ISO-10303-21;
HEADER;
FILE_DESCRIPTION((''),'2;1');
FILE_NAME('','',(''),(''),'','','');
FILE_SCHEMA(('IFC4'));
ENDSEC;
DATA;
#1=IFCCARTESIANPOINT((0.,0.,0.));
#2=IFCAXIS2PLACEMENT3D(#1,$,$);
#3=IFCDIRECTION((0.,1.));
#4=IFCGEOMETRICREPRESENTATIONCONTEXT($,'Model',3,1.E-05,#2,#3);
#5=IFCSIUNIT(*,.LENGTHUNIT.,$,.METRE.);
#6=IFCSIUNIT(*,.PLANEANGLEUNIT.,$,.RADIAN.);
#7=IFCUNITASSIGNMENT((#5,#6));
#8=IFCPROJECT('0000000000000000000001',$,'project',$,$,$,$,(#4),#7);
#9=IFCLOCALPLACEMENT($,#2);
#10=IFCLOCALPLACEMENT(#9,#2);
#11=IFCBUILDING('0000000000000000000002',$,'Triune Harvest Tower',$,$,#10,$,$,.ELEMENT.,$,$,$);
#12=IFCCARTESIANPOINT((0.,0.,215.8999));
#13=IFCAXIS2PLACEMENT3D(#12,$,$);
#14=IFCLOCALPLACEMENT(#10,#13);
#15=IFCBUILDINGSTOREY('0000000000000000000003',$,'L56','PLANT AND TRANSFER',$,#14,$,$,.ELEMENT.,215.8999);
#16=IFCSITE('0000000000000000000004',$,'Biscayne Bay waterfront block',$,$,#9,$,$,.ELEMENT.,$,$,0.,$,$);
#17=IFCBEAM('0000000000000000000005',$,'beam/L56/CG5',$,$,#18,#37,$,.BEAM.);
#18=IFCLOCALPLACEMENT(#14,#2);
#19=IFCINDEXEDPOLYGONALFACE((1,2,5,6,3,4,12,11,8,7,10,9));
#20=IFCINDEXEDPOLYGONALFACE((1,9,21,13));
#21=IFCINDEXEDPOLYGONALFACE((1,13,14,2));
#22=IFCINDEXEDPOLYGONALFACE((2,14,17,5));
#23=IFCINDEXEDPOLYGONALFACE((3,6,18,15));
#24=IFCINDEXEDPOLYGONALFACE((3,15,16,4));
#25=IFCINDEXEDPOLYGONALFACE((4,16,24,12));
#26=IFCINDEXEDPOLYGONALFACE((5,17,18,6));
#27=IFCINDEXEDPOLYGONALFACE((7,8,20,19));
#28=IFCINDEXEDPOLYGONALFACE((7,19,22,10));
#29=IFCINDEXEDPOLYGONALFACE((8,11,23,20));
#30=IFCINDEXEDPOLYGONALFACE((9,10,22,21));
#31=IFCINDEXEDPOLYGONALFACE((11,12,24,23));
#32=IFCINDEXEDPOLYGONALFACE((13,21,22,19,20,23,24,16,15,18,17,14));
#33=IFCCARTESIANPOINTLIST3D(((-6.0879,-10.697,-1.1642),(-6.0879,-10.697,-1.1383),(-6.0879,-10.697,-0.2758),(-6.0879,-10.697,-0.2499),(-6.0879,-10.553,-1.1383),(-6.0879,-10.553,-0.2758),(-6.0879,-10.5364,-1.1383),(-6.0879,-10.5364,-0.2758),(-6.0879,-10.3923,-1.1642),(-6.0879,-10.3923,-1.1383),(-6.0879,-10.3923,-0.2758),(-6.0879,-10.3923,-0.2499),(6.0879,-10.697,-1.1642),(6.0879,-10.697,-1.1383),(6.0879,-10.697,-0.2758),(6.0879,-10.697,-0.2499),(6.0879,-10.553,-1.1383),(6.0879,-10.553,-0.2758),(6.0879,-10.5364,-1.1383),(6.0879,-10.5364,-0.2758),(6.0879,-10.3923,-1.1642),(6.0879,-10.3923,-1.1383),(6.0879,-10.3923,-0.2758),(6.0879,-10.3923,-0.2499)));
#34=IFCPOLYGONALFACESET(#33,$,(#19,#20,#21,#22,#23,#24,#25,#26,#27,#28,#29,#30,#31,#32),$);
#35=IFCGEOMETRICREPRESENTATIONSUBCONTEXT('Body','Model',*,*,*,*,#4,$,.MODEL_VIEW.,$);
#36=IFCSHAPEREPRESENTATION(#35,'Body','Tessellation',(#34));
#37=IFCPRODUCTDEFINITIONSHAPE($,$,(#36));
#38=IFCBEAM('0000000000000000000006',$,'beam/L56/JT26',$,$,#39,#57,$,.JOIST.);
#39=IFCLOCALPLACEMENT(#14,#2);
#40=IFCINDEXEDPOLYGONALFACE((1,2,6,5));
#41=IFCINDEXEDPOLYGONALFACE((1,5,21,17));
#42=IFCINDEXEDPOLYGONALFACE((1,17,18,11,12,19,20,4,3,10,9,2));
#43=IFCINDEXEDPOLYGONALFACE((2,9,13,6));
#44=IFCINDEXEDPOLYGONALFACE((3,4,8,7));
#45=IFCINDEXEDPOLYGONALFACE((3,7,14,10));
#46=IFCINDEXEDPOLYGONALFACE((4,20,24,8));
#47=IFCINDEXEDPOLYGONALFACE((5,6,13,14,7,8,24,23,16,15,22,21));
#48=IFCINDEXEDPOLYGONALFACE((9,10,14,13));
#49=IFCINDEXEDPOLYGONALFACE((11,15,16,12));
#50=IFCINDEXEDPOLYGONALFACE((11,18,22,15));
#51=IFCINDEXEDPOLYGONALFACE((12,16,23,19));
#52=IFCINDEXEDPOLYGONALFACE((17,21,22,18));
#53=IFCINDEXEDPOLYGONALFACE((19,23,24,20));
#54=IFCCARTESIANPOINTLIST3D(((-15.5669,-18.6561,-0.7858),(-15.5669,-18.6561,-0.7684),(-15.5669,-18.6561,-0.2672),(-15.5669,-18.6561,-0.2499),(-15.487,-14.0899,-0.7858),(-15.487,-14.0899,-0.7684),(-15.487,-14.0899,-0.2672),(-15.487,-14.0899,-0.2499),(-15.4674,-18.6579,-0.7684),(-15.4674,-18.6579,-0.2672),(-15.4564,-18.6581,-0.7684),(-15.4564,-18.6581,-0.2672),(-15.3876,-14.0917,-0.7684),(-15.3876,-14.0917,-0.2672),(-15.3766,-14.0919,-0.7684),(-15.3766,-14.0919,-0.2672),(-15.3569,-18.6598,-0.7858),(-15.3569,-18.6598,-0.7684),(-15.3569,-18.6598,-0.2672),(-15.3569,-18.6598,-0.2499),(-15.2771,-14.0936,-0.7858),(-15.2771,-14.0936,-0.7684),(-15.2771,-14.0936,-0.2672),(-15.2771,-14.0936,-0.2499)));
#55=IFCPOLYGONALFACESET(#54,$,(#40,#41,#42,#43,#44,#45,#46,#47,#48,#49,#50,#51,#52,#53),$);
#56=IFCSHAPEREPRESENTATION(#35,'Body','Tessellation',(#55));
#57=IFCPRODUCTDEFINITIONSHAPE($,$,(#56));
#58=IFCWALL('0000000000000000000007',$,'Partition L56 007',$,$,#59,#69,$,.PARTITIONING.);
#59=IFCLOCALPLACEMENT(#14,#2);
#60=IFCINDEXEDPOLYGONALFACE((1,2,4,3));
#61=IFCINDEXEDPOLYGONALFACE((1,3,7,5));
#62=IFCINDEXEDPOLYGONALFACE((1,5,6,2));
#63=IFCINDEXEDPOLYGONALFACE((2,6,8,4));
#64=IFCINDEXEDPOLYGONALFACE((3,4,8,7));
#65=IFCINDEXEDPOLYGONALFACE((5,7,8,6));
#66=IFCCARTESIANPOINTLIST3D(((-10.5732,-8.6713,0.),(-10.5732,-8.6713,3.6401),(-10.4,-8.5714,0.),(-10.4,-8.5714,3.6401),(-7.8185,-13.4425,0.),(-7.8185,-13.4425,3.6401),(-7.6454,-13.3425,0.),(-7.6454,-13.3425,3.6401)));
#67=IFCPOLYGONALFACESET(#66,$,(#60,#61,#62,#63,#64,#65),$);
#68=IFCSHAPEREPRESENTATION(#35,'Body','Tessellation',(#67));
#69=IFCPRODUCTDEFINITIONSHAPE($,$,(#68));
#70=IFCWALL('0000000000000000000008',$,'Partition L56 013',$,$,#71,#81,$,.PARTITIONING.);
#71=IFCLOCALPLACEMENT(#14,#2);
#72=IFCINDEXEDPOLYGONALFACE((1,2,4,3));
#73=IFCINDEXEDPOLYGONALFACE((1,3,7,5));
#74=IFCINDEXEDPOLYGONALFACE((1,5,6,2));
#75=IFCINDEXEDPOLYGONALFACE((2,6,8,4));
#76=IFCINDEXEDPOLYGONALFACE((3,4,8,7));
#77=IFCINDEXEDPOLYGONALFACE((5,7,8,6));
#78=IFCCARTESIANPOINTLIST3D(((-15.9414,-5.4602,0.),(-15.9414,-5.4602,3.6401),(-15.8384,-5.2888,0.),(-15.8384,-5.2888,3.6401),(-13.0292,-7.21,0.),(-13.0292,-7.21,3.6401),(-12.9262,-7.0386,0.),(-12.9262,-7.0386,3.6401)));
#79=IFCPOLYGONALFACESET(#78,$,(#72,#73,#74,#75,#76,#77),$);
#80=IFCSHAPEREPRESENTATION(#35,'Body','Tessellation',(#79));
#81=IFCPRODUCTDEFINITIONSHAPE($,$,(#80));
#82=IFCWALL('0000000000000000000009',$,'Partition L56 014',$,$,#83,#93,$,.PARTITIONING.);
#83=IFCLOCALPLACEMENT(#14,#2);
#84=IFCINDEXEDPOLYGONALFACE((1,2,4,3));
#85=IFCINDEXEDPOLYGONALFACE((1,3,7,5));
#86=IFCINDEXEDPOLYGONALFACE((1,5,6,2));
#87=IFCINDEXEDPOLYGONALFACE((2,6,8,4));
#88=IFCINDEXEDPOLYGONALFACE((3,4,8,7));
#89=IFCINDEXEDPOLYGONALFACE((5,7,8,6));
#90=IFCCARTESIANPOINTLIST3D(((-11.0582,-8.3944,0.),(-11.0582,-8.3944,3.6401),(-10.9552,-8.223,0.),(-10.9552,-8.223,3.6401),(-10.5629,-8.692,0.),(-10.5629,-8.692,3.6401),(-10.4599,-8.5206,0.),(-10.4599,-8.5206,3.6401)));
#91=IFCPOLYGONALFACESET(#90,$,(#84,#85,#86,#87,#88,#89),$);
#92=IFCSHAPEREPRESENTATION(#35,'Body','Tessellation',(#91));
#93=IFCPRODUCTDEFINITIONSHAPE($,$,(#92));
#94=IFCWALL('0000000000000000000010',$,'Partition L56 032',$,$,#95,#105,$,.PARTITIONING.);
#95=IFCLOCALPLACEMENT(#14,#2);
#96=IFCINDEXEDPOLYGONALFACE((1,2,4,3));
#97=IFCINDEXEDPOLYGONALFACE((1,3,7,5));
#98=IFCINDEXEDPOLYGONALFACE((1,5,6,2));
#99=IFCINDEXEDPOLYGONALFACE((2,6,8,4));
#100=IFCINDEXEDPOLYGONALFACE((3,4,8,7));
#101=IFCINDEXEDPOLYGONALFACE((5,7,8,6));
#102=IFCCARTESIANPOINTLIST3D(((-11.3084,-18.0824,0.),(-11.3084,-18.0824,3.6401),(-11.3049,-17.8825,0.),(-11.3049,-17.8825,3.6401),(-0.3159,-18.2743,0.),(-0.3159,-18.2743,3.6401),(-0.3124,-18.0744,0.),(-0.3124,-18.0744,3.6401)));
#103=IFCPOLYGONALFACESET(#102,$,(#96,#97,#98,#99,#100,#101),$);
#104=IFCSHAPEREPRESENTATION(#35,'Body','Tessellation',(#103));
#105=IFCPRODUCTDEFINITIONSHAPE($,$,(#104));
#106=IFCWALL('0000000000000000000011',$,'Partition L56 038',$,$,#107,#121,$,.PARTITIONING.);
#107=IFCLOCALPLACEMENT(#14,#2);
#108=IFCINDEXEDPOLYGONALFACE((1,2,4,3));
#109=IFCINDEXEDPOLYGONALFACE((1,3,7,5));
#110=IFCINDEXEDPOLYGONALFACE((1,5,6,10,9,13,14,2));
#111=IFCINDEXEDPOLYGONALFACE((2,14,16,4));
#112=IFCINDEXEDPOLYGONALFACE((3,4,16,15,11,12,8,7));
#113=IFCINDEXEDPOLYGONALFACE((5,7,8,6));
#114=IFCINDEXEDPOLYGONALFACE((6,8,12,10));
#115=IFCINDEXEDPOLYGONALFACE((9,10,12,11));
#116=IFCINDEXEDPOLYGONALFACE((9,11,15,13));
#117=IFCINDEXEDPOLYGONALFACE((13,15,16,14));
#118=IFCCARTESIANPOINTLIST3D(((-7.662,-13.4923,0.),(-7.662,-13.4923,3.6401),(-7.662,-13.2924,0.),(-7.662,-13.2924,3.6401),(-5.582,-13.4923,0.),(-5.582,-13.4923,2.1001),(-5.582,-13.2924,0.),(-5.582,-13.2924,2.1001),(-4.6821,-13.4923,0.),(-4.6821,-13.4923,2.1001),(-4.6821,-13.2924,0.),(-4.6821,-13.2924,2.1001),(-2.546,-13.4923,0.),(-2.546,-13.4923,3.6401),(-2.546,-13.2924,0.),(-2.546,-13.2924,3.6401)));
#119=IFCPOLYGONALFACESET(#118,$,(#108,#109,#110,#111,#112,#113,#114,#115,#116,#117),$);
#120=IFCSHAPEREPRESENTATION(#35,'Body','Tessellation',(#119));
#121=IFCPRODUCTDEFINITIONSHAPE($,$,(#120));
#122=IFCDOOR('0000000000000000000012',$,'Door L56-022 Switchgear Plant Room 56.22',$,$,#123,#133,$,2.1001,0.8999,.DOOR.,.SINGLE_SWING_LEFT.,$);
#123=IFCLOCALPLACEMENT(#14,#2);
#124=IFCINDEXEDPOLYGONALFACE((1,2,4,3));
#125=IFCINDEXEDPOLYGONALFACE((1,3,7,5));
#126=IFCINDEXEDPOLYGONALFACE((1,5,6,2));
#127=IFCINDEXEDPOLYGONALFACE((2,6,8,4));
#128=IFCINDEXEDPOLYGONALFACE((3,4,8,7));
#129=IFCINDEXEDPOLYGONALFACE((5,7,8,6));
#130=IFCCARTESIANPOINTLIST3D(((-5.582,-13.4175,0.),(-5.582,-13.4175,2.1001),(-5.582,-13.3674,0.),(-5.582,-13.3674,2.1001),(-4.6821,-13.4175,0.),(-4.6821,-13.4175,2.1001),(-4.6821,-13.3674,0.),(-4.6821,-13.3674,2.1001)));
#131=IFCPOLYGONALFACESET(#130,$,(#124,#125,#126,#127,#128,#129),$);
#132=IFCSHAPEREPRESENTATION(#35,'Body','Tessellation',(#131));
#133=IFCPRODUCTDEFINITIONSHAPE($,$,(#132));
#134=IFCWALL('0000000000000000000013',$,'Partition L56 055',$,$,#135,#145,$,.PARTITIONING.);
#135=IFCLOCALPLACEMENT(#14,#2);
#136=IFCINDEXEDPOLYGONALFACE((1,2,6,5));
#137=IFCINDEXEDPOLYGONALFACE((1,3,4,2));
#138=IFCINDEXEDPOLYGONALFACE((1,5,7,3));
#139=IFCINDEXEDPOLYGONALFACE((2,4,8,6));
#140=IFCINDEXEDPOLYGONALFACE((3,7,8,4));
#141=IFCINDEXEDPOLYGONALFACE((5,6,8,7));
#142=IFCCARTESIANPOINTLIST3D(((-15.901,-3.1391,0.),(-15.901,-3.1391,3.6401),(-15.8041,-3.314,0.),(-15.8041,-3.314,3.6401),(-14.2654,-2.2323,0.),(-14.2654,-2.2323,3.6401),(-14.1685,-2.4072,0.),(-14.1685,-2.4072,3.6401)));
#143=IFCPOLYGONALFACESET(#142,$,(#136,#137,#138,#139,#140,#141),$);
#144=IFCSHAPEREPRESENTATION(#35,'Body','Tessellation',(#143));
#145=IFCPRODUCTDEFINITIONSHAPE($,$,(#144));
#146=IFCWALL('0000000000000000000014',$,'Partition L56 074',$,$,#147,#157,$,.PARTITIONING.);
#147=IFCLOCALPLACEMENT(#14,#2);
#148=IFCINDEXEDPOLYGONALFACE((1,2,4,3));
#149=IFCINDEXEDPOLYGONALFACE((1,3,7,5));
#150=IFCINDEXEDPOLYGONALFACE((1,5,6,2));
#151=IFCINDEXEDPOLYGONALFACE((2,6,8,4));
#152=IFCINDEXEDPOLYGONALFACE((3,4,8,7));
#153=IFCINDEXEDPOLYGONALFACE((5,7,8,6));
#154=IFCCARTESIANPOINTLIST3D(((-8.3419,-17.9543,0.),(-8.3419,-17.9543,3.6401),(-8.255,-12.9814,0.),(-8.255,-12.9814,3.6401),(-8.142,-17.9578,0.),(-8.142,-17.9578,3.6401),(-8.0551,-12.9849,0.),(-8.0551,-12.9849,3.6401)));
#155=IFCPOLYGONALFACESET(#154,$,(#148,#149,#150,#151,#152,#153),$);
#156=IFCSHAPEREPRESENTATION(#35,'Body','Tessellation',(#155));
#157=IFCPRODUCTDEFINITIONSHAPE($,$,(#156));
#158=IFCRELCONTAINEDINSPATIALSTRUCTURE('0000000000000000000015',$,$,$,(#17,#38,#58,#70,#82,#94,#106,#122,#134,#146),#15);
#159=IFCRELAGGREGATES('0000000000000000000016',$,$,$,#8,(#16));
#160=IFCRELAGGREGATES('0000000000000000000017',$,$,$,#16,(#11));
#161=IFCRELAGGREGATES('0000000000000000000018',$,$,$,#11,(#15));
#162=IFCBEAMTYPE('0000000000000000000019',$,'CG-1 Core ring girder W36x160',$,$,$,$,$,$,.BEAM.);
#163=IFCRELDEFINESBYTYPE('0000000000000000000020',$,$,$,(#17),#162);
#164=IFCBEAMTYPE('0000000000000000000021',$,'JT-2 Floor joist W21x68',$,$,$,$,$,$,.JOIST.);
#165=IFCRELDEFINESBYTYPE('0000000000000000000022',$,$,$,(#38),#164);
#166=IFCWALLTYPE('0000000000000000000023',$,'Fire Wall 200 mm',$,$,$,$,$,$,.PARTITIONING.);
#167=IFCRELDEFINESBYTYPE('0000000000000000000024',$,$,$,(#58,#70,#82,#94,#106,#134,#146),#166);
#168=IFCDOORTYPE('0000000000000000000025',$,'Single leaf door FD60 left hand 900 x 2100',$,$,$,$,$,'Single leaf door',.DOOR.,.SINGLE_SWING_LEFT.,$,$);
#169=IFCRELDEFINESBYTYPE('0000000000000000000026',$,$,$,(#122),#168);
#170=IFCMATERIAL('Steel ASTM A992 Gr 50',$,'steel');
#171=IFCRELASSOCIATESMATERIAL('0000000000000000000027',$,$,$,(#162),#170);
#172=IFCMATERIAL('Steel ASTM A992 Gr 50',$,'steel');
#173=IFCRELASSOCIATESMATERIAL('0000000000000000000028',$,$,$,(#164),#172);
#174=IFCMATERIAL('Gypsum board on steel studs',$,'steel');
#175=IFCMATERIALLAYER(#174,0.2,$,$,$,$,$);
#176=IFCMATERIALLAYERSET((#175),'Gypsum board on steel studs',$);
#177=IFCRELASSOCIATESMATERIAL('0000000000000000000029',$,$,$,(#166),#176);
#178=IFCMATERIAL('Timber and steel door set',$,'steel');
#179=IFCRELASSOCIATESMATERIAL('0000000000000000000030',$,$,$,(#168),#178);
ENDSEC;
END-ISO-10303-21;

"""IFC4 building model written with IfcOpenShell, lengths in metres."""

from ifc_helpers import new_model, si_unit, direction, frame, frame_2d, origin, origin_2d, place, context, subcontext, project, spatial, rectangle, i_section, extrude, source, transform, mapped, material, layer, layer_set, material_profile, profile_set, type_object, element, fill, save


model = new_model("IFC4")

# Units and contexts
model_context = context("Model", 3, precision=1e-05, world=origin(), true_north=direction((0.0, 1.0)))
body_context = subcontext(model_context, "Body", "Model", "MODEL_VIEW")
ifc_project = project(units=[si_unit("LENGTHUNIT", "METRE"), si_unit("PLANEANGLEUNIT", "RADIAN")], contexts=[model_context])

# Site, building, storey
site_placement = place(None, origin())
site = spatial("IfcSite", under=ifc_project, at=site_placement, Name="Biscayne Bay waterfront block", CompositionType="ELEMENT", RefElevation=0.0)
building_placement = place(site_placement, origin())
building = spatial("IfcBuilding", under=site, at=building_placement, Name="Triune Harvest Tower", CompositionType="ELEMENT")
storey_placement = place(building_placement, frame((0.0, 0.0, 215.8999)))
storey = spatial("IfcBuildingStorey", under=building, at=storey_placement, Name="L56", Description="PLANT AND TRANSFER", CompositionType="ELEMENT", Elevation=215.8999)

# Beams
ifc_material_1 = material(Name="Steel ASTM A992 Gr 50", Category="steel")
ifc_material_profile_1 = material_profile(ifc_material_1, i_section(OverallWidth=0.3047, OverallDepth=0.9143, WebThickness=0.0166, FlangeThickness=0.0259, at=origin_2d()), Name="W36x160")
ifc_profile_set_1 = profile_set([ifc_material_profile_1], Name="Steel ASTM A992 Gr 50")
beam_type_1 = type_object("IfcBeamType", Name="CG-1 Core ring girder W36x160", PredefinedType="BEAM", material=ifc_profile_set_1)
shared_shape_1 = source(origin(), body_context, "Body", "SweptSolid", [
    extrude(i_section(OverallWidth=0.3047, OverallDepth=0.9143, WebThickness=0.0166, FlangeThickness=0.0259, at=origin_2d()), origin(), (0.0, 0.0, 1.0), 12.1758),
])
beam_1_placement = place(storey_placement, frame((-6.0879, -10.5447, -0.707), z_axis=(1.0, 0.0, 0.0), x_axis=(0.0, 1.0, 0.0)))
element("IfcBeam", 1, at=beam_1_placement, inside=storey, type_object=beam_type_1, Name="beam/L56/CG5", PredefinedType="BEAM", context=body_context, shape_type="MappedRepresentation", body=[
    mapped(shared_shape_1, transform((0.0, 0.0, 0.0), scale=1.0)),
])
ifc_material_2 = material(Name="Steel ASTM A992 Gr 50", Category="steel")
ifc_material_profile_2 = material_profile(ifc_material_2, i_section(OverallWidth=0.21, OverallDepth=0.5359, WebThickness=0.011, FlangeThickness=0.0173, at=origin_2d()), Name="W21x68")
ifc_profile_set_2 = profile_set([ifc_material_profile_2], Name="Steel ASTM A992 Gr 50")
beam_type_2 = type_object("IfcBeamType", Name="JT-2 Floor joist W21x68", PredefinedType="JOIST", material=ifc_profile_set_2)
shared_shape_2 = source(origin(), body_context, "Body", "SweptSolid", [
    extrude(i_section(OverallWidth=0.21, OverallDepth=0.5359, WebThickness=0.011, FlangeThickness=0.0173, at=origin_2d()), origin(), (0.0, 0.0, 1.0), 4.5669),
])
beam_2_placement = place(storey_placement, frame((-15.4619, -18.658, -0.5178), z_axis=(0.017481, 0.999847, 0.0), x_axis=(-0.999847, 0.017481, 0.0)))
element("IfcBeam", 2, at=beam_2_placement, inside=storey, type_object=beam_type_2, Name="beam/L56/JT26", PredefinedType="JOIST", context=body_context, shape_type="MappedRepresentation", body=[
    mapped(shared_shape_2, transform((0.0, 0.0, 0.0), scale=1.0)),
])

# Walls
ifc_material_3 = material(Name="Gypsum board on steel studs", Category="steel")
ifc_layer_1 = layer(ifc_material_3, 0.2)
ifc_layer_set_1 = layer_set([ifc_layer_1], Name="Gypsum board on steel studs")
wall_type_1 = type_object("IfcWallType", Name="Fire Wall 200 mm", PredefinedType="PARTITIONING", material=ifc_layer_set_1)
wall_1_placement = place(storey_placement, frame((-10.4866, -8.6213, 0.0), z_axis=(0.0, 0.0, 1.0), x_axis=(0.499995, -0.866028, 0.0)))
element("IfcWall", 3, at=wall_1_placement, inside=storey, type_object=wall_type_1, Name="Partition L56 007", PredefinedType="PARTITIONING", context=body_context, shape_type="SweptSolid", body=[
    extrude(rectangle(XDim=5.5093, YDim=0.2, at=frame_2d((2.7546, 0.0))), origin(), (0.0, 0.0, 1.0), 3.6401),
])
wall_2_placement = place(storey_placement, frame((-15.8899, -5.3745, 0.0), z_axis=(0.0, 0.0, 1.0), x_axis=(0.857169, -0.515035, 0.0)))
element("IfcWall", 4, at=wall_2_placement, inside=storey, type_object=wall_type_1, Name="Partition L56 013", PredefinedType="PARTITIONING", context=body_context, shape_type="SweptSolid", body=[
    extrude(rectangle(XDim=3.3975, YDim=0.2, at=frame_2d((1.6987, 0.0))), origin(), (0.0, 0.0, 1.0), 3.6401),
])
wall_3_placement = place(storey_placement, frame((-11.0068, -8.3086, 0.0), z_axis=(0.0, 0.0, 1.0), x_axis=(0.857195, -0.514993, 0.0)))
element("IfcWall", 5, at=wall_3_placement, inside=storey, type_object=wall_type_1, Name="Partition L56 014", PredefinedType="PARTITIONING", context=body_context, shape_type="SweptSolid", body=[
    extrude(rectangle(XDim=0.5779, YDim=0.2, at=frame_2d((0.2891, 0.0))), origin(), (0.0, 0.0, 1.0), 3.6401),
])
wall_4_placement = place(storey_placement, frame((-11.3066, -17.9824, 0.0), z_axis=(0.0, 0.0, 1.0), x_axis=(0.999848, -0.017454, 0.0)))
element("IfcWall", 6, at=wall_4_placement, inside=storey, type_object=wall_type_1, Name="Partition L56 032", PredefinedType="PARTITIONING", context=body_context, shape_type="SweptSolid", body=[
    extrude(rectangle(XDim=10.9941, YDim=0.2, at=frame_2d((5.4971, 0.0))), origin(), (0.0, 0.0, 1.0), 3.6401),
])

# Wall, opening, door
wall_5_placement = place(storey_placement, frame((-7.6621, -13.3923, 0.0), z_axis=(0.0, 0.0, 1.0), x_axis=(1.0, 0.0, 0.0)))
wall_5 = element("IfcWall", 7, at=wall_5_placement, inside=storey, type_object=wall_type_1, Name="Partition L56 038", PredefinedType="PARTITIONING", context=body_context, shape_type="SweptSolid", body=[
    extrude(rectangle(XDim=5.116, YDim=0.2, at=frame_2d((2.5581, 0.0))), origin(), (0.0, 0.0, 1.0), 3.6401),
])
opening_1_placement = place(wall_5_placement, frame((2.0801, 0.0, 0.0)))
opening_1 = element("IfcOpeningElement", 8, at=opening_1_placement, cuts=wall_5, PredefinedType="OPENING", context=body_context, shape_type="SweptSolid", body=[
    extrude(rectangle(XDim=0.8999, YDim=2.1001, at=frame_2d((0.45, 1.05))), frame((0.0, 0.1099, 0.0), z_axis=(0.0, -1.0, 0.0), x_axis=(1.0, 0.0, 0.0)), (0.0, 0.0, 1.0), 0.22),
])
ifc_material_4 = material(Name="Timber and steel door set", Category="steel")
door_type_1 = type_object("IfcDoorType", Name="Single leaf door FD60 left hand 900 x 2100", ElementType="Single leaf door", OperationType="SINGLE_SWING_LEFT", PredefinedType="DOOR", material=ifc_material_4)
door_1_placement = place(opening_1_placement, origin())
door_1 = element("IfcDoor", 9, at=door_1_placement, inside=storey, type_object=door_type_1, Name="Door L56-022 Switchgear Plant Room 56.22", OperationType="SINGLE_SWING_LEFT", OverallHeight=2.1001, OverallWidth=0.8999, PredefinedType="DOOR", context=body_context, shape_type="SweptSolid", body=[
    extrude(rectangle(XDim=0.8999, YDim=2.1001, at=frame_2d((0.45, 1.05))), frame((0.0, 0.0249, 0.0), z_axis=(0.0, -1.0, 0.0), x_axis=(1.0, 0.0, 0.0)), (0.0, 0.0, 1.0), 0.05),
])
fill(opening_1, door_1)

# Walls
wall_6_placement = place(storey_placement, frame((-15.8525, -3.2266, 0.0), z_axis=(0.0, 0.0, 1.0), x_axis=(0.874582, 0.484878, 0.0)))
element("IfcWall", 10, at=wall_6_placement, inside=storey, type_object=wall_type_1, Name="Partition L56 055", PredefinedType="PARTITIONING", context=body_context, shape_type="SweptSolid", body=[
    extrude(rectangle(XDim=1.8701, YDim=0.2, at=frame_2d((0.9351, 0.0))), origin(), (0.0, 0.0, 1.0), 3.6401),
])
wall_7_placement = place(storey_placement, frame((-8.2419, -17.9561, 0.0), z_axis=(0.0, 0.0, 1.0), x_axis=(0.017475, 0.999847, 0.0)))
element("IfcWall", 11, at=wall_7_placement, inside=storey, type_object=wall_type_1, Name="Partition L56 074", PredefinedType="PARTITIONING", context=body_context, shape_type="SweptSolid", body=[
    extrude(rectangle(XDim=4.9736, YDim=0.2, at=frame_2d((2.4868, 0.0))), origin(), (0.0, 0.0, 1.0), 3.6401),
])

save(model, "model.ifc")
